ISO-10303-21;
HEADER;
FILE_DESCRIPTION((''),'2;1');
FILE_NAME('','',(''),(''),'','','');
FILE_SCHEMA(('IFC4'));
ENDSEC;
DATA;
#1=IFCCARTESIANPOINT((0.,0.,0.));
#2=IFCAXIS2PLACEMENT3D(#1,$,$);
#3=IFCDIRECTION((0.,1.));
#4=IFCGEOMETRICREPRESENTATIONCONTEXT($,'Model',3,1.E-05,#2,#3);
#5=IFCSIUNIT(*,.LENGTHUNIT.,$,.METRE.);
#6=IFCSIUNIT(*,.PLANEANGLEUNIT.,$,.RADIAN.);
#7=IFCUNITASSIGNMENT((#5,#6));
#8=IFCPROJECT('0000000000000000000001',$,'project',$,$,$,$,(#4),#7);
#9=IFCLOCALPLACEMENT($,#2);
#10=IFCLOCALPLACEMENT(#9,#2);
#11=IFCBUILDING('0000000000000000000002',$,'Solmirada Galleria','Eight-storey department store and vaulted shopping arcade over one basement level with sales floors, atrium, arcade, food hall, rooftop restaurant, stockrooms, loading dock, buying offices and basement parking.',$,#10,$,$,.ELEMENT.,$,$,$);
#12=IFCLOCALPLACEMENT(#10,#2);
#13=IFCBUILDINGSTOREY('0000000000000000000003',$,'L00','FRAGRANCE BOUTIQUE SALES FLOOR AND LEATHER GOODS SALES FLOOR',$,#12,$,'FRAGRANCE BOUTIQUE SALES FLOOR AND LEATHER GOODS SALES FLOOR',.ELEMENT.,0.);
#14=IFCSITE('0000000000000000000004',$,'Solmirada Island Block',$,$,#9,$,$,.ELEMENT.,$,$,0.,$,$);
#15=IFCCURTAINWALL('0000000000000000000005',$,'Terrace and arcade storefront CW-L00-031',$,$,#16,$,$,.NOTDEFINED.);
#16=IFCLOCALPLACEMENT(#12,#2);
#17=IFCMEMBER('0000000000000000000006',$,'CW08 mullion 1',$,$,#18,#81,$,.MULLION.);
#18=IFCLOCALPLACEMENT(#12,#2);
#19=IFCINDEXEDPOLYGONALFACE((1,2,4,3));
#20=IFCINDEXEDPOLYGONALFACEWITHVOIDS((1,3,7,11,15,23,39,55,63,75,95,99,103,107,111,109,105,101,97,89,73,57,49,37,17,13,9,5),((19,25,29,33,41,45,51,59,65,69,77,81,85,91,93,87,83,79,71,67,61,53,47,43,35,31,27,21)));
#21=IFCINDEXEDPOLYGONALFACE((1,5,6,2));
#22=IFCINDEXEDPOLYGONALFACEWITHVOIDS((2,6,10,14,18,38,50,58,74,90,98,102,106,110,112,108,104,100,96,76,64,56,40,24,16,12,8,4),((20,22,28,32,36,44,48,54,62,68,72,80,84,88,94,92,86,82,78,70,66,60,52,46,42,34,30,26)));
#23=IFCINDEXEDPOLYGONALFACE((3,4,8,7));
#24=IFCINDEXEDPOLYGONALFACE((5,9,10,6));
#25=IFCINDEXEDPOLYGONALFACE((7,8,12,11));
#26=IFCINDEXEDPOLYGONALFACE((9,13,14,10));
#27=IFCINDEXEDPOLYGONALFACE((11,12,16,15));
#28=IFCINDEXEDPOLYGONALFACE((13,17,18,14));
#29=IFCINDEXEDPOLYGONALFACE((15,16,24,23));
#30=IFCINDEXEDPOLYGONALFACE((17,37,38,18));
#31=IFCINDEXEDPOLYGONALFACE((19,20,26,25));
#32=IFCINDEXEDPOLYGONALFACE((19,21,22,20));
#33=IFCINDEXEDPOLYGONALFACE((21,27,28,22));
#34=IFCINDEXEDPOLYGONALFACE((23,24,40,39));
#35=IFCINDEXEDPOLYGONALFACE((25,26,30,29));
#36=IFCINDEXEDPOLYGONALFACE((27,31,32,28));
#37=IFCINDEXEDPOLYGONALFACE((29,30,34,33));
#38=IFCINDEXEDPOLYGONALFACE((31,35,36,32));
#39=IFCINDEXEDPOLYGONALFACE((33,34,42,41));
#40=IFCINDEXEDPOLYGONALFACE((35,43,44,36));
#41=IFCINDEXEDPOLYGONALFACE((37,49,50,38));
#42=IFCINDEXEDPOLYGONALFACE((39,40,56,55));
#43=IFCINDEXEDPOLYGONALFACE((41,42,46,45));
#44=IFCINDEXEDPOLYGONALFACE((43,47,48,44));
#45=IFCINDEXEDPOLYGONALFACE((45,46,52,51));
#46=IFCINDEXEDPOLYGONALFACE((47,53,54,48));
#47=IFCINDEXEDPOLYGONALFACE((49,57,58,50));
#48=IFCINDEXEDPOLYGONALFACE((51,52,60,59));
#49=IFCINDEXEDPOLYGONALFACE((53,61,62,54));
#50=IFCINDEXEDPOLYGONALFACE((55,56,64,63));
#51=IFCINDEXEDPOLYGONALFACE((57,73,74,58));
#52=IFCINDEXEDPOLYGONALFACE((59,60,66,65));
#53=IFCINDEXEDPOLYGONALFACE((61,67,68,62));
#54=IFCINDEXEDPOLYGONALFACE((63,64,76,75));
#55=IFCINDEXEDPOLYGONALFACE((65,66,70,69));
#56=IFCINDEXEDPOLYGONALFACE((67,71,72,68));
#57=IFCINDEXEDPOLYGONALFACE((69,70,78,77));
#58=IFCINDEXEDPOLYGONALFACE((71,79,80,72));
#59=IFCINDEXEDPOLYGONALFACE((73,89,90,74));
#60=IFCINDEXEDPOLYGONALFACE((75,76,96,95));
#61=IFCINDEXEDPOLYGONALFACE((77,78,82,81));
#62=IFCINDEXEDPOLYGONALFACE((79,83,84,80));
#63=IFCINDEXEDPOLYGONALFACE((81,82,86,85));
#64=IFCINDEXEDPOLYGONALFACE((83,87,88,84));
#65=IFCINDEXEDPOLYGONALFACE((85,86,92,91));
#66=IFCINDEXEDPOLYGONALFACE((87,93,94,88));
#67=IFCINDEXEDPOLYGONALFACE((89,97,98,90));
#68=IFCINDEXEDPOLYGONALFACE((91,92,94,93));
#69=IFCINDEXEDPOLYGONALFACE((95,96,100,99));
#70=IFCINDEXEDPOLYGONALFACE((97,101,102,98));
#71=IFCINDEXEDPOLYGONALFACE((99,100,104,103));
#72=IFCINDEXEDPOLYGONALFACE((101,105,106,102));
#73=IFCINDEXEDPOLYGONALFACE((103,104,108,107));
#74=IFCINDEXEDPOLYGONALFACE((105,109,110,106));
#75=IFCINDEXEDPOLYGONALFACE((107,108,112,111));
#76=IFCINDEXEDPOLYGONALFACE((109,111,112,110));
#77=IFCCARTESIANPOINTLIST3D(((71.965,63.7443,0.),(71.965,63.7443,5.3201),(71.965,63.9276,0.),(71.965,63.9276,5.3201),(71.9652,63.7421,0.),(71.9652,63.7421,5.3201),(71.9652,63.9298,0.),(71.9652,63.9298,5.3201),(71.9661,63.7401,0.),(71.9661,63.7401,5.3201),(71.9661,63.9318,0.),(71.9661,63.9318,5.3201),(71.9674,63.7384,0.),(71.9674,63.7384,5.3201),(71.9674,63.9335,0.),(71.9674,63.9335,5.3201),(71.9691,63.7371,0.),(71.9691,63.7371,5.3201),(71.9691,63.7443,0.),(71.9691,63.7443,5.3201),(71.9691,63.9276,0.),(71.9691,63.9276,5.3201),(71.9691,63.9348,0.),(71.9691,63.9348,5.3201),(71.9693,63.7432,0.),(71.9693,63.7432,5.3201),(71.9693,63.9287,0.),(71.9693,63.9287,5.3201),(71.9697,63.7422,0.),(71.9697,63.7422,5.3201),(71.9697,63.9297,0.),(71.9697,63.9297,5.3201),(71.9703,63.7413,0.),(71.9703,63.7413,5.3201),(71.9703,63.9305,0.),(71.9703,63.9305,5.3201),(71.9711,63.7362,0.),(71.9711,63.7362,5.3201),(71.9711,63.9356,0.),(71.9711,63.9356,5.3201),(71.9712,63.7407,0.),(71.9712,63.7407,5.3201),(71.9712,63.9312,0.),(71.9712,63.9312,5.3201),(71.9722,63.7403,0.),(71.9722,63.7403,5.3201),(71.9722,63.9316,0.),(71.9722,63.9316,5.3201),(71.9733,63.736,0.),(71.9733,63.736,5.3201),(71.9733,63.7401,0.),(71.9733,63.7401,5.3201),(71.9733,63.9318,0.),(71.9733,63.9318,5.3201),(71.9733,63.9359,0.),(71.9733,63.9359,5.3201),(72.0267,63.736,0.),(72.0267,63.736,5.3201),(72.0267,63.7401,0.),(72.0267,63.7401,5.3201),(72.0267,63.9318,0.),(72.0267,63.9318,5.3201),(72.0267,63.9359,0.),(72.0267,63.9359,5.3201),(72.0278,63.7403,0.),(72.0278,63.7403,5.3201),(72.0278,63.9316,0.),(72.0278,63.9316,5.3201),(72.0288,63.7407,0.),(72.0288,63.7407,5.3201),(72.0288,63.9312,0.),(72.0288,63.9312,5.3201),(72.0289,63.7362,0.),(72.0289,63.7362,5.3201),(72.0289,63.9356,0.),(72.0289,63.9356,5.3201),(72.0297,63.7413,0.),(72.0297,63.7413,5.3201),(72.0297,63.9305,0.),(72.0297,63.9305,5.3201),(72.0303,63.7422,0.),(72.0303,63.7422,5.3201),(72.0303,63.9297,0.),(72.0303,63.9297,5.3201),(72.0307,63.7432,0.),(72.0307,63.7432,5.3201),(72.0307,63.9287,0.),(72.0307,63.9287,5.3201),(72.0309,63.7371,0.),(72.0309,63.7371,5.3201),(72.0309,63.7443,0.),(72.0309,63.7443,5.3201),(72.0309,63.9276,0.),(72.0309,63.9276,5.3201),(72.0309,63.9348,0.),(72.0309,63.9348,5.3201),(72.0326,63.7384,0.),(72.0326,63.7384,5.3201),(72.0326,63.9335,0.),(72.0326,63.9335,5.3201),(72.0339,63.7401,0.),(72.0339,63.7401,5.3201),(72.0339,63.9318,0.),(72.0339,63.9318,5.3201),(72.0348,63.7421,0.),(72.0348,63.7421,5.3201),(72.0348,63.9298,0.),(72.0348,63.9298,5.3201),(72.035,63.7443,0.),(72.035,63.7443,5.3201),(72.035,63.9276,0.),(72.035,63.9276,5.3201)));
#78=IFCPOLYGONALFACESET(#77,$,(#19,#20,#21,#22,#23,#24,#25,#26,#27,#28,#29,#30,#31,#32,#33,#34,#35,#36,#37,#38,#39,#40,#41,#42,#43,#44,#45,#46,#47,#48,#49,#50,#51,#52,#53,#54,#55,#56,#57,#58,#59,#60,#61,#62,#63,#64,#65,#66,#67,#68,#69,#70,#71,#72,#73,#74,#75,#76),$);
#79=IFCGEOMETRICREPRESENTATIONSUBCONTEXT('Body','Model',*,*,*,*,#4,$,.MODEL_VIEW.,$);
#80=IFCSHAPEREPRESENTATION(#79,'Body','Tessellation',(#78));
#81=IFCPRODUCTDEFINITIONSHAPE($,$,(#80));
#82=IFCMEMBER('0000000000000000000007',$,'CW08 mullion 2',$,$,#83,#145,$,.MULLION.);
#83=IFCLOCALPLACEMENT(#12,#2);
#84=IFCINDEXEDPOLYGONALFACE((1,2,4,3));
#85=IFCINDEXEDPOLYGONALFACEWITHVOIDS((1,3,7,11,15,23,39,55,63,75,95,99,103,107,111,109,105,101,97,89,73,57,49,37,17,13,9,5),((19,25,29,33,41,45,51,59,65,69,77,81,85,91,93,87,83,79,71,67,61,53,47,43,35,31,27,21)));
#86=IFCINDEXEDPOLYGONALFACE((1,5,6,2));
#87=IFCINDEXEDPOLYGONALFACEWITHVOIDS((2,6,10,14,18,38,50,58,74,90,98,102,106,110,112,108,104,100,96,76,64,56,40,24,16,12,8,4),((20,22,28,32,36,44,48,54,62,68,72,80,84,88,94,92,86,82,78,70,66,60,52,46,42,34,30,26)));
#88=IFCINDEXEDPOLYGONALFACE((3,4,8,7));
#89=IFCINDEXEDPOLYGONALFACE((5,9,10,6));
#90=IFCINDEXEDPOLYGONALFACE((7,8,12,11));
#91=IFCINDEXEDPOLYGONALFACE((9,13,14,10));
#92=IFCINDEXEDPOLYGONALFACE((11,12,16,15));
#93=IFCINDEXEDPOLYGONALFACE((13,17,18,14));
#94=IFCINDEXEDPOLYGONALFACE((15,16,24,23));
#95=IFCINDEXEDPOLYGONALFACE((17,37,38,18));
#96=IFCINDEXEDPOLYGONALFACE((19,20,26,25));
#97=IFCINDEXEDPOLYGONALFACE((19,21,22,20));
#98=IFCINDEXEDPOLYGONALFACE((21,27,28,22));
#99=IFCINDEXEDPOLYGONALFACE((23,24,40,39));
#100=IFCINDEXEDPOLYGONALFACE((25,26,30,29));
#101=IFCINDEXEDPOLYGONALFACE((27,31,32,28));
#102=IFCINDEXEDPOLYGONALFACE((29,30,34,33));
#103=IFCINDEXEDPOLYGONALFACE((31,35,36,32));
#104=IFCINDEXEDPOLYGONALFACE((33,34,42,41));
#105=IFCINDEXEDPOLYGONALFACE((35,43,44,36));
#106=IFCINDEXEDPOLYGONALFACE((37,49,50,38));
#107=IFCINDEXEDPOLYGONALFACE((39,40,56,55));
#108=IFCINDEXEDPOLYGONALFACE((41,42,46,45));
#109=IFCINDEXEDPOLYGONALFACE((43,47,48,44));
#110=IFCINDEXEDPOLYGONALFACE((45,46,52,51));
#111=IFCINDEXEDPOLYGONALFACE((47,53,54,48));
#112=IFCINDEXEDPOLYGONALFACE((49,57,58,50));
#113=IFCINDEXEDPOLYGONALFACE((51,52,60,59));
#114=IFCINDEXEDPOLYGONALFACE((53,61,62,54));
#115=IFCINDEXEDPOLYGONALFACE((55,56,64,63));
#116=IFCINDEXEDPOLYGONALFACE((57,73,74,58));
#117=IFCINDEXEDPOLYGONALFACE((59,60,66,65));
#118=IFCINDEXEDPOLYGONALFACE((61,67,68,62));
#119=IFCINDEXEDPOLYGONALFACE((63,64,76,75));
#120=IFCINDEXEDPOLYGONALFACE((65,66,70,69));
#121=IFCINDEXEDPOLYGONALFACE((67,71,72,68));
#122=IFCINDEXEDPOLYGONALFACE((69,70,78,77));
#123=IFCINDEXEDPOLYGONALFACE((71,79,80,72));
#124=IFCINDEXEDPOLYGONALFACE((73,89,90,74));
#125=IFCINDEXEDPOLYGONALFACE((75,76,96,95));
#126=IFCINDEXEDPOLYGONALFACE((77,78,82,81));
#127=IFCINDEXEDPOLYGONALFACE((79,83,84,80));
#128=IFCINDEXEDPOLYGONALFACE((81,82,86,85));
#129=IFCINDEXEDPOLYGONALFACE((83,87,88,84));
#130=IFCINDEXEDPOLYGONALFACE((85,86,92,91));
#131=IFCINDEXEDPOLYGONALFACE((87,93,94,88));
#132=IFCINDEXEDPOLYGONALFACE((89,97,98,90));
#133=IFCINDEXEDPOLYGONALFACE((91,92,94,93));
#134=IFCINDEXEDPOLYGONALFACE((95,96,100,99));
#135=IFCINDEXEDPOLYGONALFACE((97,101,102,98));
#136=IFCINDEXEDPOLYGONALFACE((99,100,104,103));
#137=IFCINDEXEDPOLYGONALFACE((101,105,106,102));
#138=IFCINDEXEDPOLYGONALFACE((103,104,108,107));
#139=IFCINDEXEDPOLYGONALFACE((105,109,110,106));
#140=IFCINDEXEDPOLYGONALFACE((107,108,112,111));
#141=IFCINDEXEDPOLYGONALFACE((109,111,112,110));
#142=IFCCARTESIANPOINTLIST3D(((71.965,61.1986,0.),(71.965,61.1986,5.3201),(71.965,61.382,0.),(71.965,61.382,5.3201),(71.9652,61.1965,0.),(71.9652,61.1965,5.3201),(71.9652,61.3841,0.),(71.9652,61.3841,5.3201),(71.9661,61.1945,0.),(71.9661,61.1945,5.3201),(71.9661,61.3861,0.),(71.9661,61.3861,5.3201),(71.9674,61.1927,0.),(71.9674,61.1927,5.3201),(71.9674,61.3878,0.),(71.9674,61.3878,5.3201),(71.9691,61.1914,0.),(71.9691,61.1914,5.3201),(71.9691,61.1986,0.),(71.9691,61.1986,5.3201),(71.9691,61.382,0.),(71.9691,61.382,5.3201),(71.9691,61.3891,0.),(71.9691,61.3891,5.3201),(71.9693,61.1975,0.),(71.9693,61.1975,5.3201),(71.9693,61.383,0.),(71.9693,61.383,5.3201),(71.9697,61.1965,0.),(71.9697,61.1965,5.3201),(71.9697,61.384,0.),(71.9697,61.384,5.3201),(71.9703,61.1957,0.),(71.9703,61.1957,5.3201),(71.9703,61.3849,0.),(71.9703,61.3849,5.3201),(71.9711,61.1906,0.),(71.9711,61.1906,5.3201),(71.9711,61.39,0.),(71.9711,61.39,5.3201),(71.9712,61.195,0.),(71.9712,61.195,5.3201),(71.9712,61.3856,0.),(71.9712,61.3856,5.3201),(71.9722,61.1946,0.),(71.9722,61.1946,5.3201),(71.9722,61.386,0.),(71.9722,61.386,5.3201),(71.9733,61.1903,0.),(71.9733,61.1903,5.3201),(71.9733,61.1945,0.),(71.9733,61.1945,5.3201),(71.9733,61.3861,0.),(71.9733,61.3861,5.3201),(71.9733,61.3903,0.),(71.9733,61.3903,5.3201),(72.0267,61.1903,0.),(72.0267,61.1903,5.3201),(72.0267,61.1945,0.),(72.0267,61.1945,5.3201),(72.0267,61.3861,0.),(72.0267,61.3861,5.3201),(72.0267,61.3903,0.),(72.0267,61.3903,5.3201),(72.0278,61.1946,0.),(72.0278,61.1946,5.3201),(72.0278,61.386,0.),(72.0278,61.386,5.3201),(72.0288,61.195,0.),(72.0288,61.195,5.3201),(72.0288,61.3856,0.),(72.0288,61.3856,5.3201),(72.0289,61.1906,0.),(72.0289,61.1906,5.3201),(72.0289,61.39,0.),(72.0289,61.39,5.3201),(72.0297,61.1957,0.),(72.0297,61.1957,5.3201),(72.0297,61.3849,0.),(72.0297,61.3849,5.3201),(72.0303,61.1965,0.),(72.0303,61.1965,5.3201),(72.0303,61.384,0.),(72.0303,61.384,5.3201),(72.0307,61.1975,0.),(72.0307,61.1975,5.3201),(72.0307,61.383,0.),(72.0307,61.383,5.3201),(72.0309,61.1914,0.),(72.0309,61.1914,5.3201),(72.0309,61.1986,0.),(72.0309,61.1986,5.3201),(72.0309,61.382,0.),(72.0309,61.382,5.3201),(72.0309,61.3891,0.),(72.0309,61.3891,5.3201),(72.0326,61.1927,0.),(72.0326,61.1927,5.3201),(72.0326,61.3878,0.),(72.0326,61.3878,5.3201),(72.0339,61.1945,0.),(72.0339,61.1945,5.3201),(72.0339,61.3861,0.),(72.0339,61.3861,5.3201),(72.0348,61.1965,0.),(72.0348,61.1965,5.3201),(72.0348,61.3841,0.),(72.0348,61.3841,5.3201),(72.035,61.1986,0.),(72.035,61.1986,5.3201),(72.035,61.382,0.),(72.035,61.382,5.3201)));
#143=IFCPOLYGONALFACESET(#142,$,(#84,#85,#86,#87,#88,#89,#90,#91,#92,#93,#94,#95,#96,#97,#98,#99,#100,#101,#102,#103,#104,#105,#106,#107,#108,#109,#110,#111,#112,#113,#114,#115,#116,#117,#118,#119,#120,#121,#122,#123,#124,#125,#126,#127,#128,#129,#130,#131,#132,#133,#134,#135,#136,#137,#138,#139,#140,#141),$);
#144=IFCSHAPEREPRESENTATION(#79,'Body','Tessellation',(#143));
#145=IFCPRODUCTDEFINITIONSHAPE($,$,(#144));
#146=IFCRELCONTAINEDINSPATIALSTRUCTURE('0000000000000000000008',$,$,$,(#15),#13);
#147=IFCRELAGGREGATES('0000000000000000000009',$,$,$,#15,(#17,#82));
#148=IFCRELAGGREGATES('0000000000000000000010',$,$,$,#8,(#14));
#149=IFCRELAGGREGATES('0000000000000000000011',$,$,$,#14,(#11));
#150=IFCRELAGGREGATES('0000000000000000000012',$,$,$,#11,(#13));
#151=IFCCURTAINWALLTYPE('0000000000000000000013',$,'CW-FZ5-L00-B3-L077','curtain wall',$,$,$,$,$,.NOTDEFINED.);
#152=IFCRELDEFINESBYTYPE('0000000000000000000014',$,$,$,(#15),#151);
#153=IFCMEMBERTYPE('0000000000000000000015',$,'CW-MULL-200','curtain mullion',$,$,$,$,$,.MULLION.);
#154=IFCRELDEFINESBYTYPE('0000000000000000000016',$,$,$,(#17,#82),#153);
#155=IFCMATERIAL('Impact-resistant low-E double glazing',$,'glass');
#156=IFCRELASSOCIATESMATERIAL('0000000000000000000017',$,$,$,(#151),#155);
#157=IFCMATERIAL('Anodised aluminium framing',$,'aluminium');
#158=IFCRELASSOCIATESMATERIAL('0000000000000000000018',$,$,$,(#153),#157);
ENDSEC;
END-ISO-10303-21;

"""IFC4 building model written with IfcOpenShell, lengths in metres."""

from ifc_helpers import new_model, si_unit, direction, frame, origin, origin_2d, place, context, subcontext, project, spatial, hollow_rectangle, extrude, material, material_profile, profile_set, type_object, element, aggregate, save


model = new_model("IFC4")

# Units and contexts
model_context = context("Model", 3, precision=1e-05, world=origin(), true_north=direction((0.0, 1.0)))
body_context = subcontext(model_context, "Body", "Model", "MODEL_VIEW")
ifc_project = project(units=[si_unit("LENGTHUNIT", "METRE"), si_unit("PLANEANGLEUNIT", "RADIAN")], contexts=[model_context])

# Site, building, storey
site_placement = place(None, origin())
site = spatial("IfcSite", under=ifc_project, at=site_placement, Name="Solmirada Island Block", CompositionType="ELEMENT", RefElevation=0.0)
building_placement = place(site_placement, origin())
building = spatial("IfcBuilding", under=site, at=building_placement, Name="Solmirada Galleria", Description="Eight-storey department store and vaulted shopping arcade over one basement level with sales floors, atrium, arcade, food hall, rooftop restaurant, stockrooms, loading dock, buying offices and basement parking.", CompositionType="ELEMENT")
storey_placement = place(building_placement, origin())
storey = spatial("IfcBuildingStorey", under=building, at=storey_placement, Name="L00", Description="FRAGRANCE BOUTIQUE SALES FLOOR AND LEATHER GOODS SALES FLOOR", LongName="FRAGRANCE BOUTIQUE SALES FLOOR AND LEATHER GOODS SALES FLOOR", CompositionType="ELEMENT", Elevation=0.0)

# Curtain wall, members
ifc_material_1 = material(Name="Impact-resistant low-E double glazing", Category="glass")
curtain_wall_type = type_object("IfcCurtainWallType", Name="CW-FZ5-L00-B3-L077", Description="curtain wall", PredefinedType="NOTDEFINED", material=ifc_material_1)
curtain_wall_1_placement = place(storey_placement, origin())
curtain_wall_1 = element("IfcCurtainWall", 1, at=curtain_wall_1_placement, inside=storey, type_object=curtain_wall_type, Name="Terrace and arcade storefront CW-L00-031", PredefinedType="NOTDEFINED")
ifc_material_2 = material(Name="Anodised aluminium framing", Category="aluminium")
ifc_material_profile_1 = material_profile(ifc_material_2, hollow_rectangle(XDim=0.0701, YDim=0.2, WallThickness=0.0042, InnerFilletRadius=0.0042, OuterFilletRadius=0.0083, at=origin_2d()), Name="ALU-MULL-200X70")
ifc_profile_set_1 = profile_set([ifc_material_profile_1], Name="Anodised aluminium framing")
member_type_1 = type_object("IfcMemberType", Name="CW-MULL-200", Description="curtain mullion", PredefinedType="MULLION", material=ifc_profile_set_1)
member_1_placement = place(storey_placement, frame((72.0, 63.8359, 0.0), z_axis=(0.0, 0.0, 1.0), x_axis=(1.0, 0.0, 0.0)))
member_1 = element("IfcMember", 2, at=member_1_placement, type_object=member_type_1, Name="CW08 mullion 1", PredefinedType="MULLION", context=body_context, shape_type="SweptSolid", body=[
    extrude(hollow_rectangle(XDim=0.0701, YDim=0.2, WallThickness=0.0042, InnerFilletRadius=0.0042, OuterFilletRadius=0.0083, at=origin_2d()), origin(), (0.0, 0.0, 1.0), 5.3201),
])
member_2_placement = place(storey_placement, frame((72.0, 61.2903, 0.0), z_axis=(0.0, 0.0, 1.0), x_axis=(1.0, 0.0, 0.0)))
member_2 = element("IfcMember", 3, at=member_2_placement, type_object=member_type_1, Name="CW08 mullion 2", PredefinedType="MULLION", context=body_context, shape_type="SweptSolid", body=[
    extrude(hollow_rectangle(XDim=0.0701, YDim=0.2, WallThickness=0.0042, InnerFilletRadius=0.0042, OuterFilletRadius=0.0083, at=origin_2d()), origin(), (0.0, 0.0, 1.0), 5.3201),
])

aggregate(curtain_wall_1, [member_1, member_2])

save(model, "model.ifc")
